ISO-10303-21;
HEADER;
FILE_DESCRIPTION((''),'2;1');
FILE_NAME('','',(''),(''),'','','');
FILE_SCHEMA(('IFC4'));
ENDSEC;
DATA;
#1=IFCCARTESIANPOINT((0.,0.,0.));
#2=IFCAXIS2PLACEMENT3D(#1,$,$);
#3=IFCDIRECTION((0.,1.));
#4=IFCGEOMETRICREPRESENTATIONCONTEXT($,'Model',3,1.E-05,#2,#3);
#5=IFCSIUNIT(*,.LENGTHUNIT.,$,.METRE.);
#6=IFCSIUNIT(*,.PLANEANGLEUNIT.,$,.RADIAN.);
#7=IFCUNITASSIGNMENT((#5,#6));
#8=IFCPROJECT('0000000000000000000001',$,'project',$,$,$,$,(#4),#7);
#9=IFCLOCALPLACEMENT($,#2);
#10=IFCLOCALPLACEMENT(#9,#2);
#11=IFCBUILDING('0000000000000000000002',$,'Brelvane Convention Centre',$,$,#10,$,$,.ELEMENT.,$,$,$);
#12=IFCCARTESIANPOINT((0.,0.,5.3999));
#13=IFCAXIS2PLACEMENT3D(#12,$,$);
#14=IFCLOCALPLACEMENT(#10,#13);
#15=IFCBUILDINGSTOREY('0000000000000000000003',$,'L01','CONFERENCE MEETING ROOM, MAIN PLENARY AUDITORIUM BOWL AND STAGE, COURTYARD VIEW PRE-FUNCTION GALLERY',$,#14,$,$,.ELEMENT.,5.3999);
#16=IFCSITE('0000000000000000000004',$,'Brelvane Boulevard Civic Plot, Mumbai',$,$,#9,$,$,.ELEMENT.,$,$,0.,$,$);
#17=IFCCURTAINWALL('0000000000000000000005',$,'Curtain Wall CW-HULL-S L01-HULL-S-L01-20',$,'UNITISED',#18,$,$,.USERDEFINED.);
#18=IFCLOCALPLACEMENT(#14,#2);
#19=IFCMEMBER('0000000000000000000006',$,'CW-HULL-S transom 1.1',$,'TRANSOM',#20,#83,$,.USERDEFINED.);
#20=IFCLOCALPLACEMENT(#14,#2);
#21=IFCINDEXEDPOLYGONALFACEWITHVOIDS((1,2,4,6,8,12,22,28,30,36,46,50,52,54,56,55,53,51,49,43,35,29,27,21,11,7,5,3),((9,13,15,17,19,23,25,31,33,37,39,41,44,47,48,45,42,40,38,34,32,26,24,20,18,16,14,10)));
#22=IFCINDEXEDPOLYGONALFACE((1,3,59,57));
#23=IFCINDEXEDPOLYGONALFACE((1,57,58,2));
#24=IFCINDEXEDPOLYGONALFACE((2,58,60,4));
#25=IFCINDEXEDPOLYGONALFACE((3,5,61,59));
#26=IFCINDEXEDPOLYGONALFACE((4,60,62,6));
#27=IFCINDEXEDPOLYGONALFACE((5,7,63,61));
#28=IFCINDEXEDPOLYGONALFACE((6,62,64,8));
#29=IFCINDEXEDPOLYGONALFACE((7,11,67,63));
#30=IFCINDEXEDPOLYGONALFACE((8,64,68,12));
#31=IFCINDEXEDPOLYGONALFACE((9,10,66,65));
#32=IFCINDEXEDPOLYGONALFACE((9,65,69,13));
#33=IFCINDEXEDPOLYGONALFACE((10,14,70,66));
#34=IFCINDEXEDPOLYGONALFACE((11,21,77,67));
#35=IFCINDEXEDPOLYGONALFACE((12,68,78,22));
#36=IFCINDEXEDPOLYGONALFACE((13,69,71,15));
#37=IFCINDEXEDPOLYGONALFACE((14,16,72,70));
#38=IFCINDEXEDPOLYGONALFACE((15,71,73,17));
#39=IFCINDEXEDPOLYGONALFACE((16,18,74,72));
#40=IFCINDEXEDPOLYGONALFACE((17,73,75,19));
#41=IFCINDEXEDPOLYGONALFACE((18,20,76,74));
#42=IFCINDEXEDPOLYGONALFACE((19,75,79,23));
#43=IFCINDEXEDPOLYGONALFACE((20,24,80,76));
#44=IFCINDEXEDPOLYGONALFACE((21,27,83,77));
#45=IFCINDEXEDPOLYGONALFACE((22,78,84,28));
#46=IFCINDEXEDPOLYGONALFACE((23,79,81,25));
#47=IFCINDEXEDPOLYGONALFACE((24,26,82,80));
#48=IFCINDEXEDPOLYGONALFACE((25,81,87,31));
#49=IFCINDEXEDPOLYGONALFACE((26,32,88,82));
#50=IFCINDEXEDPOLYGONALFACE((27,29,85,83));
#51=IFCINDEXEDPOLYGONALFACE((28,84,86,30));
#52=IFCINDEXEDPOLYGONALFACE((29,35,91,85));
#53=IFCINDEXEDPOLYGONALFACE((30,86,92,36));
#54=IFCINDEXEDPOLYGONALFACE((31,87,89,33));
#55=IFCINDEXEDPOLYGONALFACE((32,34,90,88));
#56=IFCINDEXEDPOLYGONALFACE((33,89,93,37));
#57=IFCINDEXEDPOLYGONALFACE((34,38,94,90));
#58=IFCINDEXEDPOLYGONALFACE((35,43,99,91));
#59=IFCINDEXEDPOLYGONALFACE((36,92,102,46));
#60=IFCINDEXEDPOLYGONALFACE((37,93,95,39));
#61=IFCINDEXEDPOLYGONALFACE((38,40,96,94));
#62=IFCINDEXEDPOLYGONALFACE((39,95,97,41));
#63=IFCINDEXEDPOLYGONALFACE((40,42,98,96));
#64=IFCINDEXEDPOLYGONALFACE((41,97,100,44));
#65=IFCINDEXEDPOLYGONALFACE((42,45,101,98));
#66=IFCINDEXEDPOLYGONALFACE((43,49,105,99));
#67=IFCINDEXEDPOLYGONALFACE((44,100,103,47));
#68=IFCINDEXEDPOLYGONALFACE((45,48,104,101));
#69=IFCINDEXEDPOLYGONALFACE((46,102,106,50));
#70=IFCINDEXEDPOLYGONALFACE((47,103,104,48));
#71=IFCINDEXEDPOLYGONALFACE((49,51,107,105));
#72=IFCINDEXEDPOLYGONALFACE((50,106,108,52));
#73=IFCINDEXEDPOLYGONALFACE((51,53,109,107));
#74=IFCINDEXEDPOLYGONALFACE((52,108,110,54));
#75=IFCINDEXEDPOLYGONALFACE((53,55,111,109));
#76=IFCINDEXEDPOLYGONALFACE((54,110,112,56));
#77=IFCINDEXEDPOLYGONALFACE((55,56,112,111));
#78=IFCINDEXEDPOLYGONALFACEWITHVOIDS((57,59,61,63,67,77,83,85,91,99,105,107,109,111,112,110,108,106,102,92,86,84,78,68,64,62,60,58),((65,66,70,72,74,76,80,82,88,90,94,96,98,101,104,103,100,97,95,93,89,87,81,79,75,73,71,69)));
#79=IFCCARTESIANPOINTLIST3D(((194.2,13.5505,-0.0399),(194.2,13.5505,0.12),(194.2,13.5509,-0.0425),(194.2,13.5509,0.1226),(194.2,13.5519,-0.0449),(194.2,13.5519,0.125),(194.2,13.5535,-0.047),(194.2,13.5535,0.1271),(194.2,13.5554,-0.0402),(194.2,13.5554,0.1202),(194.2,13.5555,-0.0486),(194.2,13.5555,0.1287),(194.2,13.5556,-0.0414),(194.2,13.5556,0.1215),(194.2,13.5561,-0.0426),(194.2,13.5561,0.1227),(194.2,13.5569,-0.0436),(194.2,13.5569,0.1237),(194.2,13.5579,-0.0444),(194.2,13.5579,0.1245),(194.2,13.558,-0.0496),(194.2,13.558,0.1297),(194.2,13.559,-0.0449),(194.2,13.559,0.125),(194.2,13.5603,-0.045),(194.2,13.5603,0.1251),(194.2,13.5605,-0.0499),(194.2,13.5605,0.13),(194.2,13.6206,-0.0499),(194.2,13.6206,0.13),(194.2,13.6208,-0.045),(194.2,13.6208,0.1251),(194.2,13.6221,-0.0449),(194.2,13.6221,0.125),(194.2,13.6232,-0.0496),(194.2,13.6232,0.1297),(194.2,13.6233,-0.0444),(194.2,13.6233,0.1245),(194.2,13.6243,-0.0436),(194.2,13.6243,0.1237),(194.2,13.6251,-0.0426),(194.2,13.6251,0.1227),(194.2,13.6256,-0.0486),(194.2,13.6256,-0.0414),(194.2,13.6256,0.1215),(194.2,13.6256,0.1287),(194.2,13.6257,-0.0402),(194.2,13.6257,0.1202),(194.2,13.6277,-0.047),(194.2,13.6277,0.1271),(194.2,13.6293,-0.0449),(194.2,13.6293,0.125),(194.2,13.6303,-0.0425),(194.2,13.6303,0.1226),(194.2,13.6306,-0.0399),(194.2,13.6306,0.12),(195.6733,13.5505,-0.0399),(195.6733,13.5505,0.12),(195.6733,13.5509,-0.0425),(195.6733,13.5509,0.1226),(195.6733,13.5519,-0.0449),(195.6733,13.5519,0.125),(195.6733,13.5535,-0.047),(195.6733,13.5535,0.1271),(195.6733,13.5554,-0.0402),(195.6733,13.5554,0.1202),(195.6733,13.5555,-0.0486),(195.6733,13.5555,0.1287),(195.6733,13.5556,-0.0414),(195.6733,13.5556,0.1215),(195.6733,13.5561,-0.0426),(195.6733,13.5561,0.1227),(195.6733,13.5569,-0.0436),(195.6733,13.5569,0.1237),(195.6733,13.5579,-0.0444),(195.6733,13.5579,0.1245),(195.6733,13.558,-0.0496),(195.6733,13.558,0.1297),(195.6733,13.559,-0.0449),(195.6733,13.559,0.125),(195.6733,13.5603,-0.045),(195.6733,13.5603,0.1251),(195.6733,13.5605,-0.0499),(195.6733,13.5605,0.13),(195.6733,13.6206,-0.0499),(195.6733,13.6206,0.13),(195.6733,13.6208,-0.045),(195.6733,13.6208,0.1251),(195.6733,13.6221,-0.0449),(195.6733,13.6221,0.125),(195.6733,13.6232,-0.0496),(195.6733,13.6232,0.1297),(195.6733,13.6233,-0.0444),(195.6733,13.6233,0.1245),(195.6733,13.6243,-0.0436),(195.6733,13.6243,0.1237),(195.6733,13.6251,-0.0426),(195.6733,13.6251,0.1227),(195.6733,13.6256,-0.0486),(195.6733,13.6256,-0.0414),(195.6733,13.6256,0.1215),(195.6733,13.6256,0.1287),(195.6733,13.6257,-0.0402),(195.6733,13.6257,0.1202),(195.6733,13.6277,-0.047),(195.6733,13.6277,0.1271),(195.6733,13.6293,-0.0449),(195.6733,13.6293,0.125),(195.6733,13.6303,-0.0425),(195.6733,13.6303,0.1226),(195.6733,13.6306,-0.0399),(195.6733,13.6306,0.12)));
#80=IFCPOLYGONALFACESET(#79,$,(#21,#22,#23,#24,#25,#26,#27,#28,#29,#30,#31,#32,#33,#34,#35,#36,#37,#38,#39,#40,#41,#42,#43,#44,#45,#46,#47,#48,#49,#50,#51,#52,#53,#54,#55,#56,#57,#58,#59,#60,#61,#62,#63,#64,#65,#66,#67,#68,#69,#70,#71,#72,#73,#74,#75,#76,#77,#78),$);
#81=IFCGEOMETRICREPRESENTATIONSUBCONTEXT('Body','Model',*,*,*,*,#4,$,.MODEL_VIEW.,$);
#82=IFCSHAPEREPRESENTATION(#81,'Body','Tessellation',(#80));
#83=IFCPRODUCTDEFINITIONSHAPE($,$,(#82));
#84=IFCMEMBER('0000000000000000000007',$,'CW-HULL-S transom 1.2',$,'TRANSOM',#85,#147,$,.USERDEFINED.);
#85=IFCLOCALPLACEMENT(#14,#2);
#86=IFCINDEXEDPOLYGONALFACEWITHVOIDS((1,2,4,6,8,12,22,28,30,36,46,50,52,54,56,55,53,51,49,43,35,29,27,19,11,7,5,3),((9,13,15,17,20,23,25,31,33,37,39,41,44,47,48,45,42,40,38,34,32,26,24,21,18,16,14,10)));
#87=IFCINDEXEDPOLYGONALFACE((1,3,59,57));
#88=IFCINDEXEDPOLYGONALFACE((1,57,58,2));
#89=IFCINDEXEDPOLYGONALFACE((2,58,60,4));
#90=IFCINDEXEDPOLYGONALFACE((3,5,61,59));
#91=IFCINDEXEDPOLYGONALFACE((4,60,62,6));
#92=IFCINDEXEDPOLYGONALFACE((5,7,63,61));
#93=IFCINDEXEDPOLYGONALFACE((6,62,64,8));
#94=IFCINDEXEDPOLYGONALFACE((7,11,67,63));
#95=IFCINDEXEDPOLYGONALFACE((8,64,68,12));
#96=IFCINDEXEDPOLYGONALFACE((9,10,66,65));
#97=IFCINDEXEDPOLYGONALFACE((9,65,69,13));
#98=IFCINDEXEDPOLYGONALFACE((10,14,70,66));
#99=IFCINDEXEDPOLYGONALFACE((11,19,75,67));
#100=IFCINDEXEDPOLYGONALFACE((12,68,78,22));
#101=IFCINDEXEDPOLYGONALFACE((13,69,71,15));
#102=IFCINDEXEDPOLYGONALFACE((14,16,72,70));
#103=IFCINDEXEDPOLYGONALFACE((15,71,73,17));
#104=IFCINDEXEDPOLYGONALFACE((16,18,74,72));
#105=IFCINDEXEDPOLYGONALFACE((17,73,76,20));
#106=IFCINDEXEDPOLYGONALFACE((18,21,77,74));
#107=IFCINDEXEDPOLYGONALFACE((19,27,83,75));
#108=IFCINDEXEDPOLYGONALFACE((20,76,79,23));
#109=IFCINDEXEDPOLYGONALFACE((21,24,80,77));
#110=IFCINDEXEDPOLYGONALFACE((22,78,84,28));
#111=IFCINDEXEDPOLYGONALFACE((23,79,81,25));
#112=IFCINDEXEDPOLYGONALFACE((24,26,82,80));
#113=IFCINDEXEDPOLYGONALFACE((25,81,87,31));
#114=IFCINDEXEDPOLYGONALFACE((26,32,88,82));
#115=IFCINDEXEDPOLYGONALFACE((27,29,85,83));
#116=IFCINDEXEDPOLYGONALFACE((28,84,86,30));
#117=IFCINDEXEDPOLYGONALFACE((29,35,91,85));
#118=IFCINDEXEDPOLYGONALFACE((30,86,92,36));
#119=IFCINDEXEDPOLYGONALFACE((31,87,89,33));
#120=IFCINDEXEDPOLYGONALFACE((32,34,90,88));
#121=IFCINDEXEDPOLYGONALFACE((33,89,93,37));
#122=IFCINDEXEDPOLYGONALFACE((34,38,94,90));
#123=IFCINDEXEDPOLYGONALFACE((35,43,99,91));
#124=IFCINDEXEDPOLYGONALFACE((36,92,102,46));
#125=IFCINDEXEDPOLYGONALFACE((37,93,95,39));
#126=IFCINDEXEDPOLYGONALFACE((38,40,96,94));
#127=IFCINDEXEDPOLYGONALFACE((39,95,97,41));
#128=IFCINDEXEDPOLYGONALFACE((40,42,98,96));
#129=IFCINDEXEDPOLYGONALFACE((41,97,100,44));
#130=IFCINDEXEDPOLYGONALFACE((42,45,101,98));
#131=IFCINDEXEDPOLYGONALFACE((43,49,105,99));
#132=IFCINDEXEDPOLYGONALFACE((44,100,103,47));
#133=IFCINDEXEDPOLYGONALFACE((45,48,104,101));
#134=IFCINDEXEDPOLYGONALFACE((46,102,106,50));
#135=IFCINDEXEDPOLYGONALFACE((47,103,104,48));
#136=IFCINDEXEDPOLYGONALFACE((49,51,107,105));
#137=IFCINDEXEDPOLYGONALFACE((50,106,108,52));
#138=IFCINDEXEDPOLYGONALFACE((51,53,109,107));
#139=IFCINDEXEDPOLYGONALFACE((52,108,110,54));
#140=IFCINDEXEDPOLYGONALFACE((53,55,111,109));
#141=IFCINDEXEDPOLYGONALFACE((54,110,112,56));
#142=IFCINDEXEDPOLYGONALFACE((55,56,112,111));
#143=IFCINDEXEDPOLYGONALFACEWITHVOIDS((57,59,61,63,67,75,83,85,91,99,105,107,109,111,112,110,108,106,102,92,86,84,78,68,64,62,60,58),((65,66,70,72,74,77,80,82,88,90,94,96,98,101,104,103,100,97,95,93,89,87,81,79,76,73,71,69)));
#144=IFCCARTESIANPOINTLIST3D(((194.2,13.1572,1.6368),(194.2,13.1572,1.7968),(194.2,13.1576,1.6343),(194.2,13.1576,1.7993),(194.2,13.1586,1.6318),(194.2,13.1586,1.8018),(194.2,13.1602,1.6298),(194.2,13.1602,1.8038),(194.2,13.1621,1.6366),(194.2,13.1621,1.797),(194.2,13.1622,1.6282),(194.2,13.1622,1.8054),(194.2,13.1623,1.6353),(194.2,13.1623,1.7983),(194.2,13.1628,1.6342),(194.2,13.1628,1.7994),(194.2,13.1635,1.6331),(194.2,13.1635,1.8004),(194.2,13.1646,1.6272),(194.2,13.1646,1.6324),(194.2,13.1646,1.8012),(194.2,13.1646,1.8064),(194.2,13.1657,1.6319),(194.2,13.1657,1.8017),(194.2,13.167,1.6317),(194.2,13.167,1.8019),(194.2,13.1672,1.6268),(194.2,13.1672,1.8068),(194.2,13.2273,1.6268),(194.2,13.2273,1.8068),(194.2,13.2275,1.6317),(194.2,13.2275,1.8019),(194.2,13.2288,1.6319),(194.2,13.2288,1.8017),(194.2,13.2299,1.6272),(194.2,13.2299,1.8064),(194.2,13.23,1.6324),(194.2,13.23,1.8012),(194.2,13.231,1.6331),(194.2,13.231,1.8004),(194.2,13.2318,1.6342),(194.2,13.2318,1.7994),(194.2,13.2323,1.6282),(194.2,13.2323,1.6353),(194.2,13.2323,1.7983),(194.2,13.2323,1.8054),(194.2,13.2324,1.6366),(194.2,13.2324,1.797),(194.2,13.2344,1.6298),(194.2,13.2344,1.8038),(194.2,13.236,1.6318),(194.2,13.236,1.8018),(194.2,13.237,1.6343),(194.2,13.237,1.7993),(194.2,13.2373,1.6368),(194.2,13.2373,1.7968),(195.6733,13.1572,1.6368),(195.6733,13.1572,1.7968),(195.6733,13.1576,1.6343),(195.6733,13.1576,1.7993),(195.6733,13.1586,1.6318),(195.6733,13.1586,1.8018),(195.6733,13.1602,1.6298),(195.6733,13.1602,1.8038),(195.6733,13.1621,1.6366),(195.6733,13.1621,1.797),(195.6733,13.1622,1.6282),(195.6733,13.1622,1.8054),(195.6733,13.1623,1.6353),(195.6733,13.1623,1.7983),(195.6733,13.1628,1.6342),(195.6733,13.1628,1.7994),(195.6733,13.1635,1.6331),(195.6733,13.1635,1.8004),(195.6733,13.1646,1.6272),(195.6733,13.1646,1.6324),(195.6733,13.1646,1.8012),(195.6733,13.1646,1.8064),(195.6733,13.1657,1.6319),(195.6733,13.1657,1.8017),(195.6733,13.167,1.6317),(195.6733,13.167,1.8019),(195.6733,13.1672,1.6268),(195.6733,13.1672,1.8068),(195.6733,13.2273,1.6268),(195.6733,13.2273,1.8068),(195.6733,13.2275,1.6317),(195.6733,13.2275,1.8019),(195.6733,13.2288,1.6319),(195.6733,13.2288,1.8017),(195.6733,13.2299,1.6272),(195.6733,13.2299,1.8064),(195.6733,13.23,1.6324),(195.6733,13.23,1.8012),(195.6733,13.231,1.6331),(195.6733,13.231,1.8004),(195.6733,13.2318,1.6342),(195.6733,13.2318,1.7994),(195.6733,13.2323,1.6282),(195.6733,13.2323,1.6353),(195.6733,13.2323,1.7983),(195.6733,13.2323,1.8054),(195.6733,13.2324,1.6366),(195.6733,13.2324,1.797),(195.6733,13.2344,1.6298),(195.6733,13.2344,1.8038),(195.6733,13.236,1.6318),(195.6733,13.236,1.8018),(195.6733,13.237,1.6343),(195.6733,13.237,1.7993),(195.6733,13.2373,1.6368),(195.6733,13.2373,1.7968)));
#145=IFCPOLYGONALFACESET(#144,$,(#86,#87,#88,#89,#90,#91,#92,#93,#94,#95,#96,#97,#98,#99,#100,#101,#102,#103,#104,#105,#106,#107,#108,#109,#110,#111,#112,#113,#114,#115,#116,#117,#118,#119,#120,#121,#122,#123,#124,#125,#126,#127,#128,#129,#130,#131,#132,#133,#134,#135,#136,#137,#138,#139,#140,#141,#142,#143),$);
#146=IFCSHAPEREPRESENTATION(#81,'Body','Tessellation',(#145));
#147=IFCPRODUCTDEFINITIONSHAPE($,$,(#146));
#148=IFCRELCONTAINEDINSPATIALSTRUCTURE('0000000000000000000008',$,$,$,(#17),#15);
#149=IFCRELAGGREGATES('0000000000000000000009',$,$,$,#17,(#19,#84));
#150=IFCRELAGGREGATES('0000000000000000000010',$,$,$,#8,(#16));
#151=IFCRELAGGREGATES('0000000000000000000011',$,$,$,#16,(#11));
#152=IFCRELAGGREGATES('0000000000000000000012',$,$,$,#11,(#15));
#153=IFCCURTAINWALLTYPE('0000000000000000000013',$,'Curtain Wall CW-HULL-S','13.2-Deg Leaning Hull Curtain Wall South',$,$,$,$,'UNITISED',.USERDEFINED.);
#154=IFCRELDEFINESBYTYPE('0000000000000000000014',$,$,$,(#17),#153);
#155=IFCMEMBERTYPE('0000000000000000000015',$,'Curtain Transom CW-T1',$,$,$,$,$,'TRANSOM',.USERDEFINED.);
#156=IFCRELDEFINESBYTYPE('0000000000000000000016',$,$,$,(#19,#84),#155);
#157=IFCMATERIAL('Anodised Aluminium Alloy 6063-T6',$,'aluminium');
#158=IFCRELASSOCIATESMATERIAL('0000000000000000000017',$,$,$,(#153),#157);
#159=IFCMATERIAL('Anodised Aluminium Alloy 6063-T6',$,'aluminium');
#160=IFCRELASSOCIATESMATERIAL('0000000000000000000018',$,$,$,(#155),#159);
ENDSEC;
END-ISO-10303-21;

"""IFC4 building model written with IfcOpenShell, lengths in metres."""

from ifc_helpers import new_model, si_unit, direction, frame, origin, origin_2d, place, context, subcontext, project, spatial, hollow_rectangle, extrude, material, material_profile, profile_set, type_object, element, aggregate, save


model = new_model("IFC4")

# Units and contexts
model_context = context("Model", 3, precision=1e-05, world=origin(), true_north=direction((0.0, 1.0)))
body_context = subcontext(model_context, "Body", "Model", "MODEL_VIEW")
ifc_project = project(units=[si_unit("LENGTHUNIT", "METRE"), si_unit("PLANEANGLEUNIT", "RADIAN")], contexts=[model_context])

# Site, building, storey
site_placement = place(None, origin())
site = spatial("IfcSite", under=ifc_project, at=site_placement, Name="Brelvane Boulevard Civic Plot, Mumbai", CompositionType="ELEMENT", RefElevation=0.0)
building_placement = place(site_placement, origin())
building = spatial("IfcBuilding", under=site, at=building_placement, Name="Brelvane Convention Centre", CompositionType="ELEMENT")
storey_placement = place(building_placement, frame((0.0, 0.0, 5.3999)))
storey = spatial("IfcBuildingStorey", under=building, at=storey_placement, Name="L01", Description="CONFERENCE MEETING ROOM, MAIN PLENARY AUDITORIUM BOWL AND STAGE, COURTYARD VIEW PRE-FUNCTION GALLERY", CompositionType="ELEMENT", Elevation=5.3999)

# Curtain wall, members
ifc_material_1 = material(Name="Anodised Aluminium Alloy 6063-T6", Category="aluminium")
curtain_wall_type = type_object("IfcCurtainWallType", Name="Curtain Wall CW-HULL-S", Description="13.2-Deg Leaning Hull Curtain Wall South", ElementType="UNITISED", PredefinedType="USERDEFINED", material=ifc_material_1)
ifc_material_2 = material(Name="Anodised Aluminium Alloy 6063-T6", Category="aluminium")
ifc_material_profile = material_profile(ifc_material_2, hollow_rectangle(XDim=0.0801, YDim=0.1799, WallThickness=0.0049, InnerFilletRadius=0.0049, OuterFilletRadius=0.01, at=origin_2d()), Name="ALU-T 180x80x5.0")
ifc_profile_set = profile_set([ifc_material_profile], Name="Anodised Aluminium Alloy 6063-T6")
member_type = type_object("IfcMemberType", Name="Curtain Transom CW-T1", ElementType="TRANSOM", PredefinedType="USERDEFINED", material=ifc_profile_set)
curtain_wall_1_placement = place(storey_placement, origin())
curtain_wall_1 = element("IfcCurtainWall", 1, at=curtain_wall_1_placement, inside=storey, type_object=curtain_wall_type, Name="Curtain Wall CW-HULL-S L01-HULL-S-L01-20", ObjectType="UNITISED", PredefinedType="USERDEFINED")
member_1_placement = place(storey_placement, frame((194.2, 13.5906, 0.04), z_axis=(1.0, 0.0, 0.0), x_axis=(0.0, 1.0, 0.0)))
member_1 = element("IfcMember", 2, at=member_1_placement, type_object=member_type, Name="CW-HULL-S transom 1.1", ObjectType="TRANSOM", PredefinedType="USERDEFINED", context=body_context, shape_type="SweptSolid", body=[
    extrude(hollow_rectangle(XDim=0.0801, YDim=0.1799, WallThickness=0.0049, InnerFilletRadius=0.0049, OuterFilletRadius=0.01, at=origin_2d()), origin(), (0.0, 0.0, 1.0), 1.4734),
])
member_2_placement = place(storey_placement, frame((194.2, 13.1973, 1.7168), z_axis=(1.0, 0.0, 0.0), x_axis=(0.0, 1.0, 0.0)))
member_2 = element("IfcMember", 3, at=member_2_placement, type_object=member_type, Name="CW-HULL-S transom 1.2", ObjectType="TRANSOM", PredefinedType="USERDEFINED", context=body_context, shape_type="SweptSolid", body=[
    extrude(hollow_rectangle(XDim=0.0801, YDim=0.1799, WallThickness=0.0049, InnerFilletRadius=0.0049, OuterFilletRadius=0.01, at=origin_2d()), origin(), (0.0, 0.0, 1.0), 1.4734),
])

aggregate(curtain_wall_1, [member_1, member_2])

save(model, "model.ifc")
